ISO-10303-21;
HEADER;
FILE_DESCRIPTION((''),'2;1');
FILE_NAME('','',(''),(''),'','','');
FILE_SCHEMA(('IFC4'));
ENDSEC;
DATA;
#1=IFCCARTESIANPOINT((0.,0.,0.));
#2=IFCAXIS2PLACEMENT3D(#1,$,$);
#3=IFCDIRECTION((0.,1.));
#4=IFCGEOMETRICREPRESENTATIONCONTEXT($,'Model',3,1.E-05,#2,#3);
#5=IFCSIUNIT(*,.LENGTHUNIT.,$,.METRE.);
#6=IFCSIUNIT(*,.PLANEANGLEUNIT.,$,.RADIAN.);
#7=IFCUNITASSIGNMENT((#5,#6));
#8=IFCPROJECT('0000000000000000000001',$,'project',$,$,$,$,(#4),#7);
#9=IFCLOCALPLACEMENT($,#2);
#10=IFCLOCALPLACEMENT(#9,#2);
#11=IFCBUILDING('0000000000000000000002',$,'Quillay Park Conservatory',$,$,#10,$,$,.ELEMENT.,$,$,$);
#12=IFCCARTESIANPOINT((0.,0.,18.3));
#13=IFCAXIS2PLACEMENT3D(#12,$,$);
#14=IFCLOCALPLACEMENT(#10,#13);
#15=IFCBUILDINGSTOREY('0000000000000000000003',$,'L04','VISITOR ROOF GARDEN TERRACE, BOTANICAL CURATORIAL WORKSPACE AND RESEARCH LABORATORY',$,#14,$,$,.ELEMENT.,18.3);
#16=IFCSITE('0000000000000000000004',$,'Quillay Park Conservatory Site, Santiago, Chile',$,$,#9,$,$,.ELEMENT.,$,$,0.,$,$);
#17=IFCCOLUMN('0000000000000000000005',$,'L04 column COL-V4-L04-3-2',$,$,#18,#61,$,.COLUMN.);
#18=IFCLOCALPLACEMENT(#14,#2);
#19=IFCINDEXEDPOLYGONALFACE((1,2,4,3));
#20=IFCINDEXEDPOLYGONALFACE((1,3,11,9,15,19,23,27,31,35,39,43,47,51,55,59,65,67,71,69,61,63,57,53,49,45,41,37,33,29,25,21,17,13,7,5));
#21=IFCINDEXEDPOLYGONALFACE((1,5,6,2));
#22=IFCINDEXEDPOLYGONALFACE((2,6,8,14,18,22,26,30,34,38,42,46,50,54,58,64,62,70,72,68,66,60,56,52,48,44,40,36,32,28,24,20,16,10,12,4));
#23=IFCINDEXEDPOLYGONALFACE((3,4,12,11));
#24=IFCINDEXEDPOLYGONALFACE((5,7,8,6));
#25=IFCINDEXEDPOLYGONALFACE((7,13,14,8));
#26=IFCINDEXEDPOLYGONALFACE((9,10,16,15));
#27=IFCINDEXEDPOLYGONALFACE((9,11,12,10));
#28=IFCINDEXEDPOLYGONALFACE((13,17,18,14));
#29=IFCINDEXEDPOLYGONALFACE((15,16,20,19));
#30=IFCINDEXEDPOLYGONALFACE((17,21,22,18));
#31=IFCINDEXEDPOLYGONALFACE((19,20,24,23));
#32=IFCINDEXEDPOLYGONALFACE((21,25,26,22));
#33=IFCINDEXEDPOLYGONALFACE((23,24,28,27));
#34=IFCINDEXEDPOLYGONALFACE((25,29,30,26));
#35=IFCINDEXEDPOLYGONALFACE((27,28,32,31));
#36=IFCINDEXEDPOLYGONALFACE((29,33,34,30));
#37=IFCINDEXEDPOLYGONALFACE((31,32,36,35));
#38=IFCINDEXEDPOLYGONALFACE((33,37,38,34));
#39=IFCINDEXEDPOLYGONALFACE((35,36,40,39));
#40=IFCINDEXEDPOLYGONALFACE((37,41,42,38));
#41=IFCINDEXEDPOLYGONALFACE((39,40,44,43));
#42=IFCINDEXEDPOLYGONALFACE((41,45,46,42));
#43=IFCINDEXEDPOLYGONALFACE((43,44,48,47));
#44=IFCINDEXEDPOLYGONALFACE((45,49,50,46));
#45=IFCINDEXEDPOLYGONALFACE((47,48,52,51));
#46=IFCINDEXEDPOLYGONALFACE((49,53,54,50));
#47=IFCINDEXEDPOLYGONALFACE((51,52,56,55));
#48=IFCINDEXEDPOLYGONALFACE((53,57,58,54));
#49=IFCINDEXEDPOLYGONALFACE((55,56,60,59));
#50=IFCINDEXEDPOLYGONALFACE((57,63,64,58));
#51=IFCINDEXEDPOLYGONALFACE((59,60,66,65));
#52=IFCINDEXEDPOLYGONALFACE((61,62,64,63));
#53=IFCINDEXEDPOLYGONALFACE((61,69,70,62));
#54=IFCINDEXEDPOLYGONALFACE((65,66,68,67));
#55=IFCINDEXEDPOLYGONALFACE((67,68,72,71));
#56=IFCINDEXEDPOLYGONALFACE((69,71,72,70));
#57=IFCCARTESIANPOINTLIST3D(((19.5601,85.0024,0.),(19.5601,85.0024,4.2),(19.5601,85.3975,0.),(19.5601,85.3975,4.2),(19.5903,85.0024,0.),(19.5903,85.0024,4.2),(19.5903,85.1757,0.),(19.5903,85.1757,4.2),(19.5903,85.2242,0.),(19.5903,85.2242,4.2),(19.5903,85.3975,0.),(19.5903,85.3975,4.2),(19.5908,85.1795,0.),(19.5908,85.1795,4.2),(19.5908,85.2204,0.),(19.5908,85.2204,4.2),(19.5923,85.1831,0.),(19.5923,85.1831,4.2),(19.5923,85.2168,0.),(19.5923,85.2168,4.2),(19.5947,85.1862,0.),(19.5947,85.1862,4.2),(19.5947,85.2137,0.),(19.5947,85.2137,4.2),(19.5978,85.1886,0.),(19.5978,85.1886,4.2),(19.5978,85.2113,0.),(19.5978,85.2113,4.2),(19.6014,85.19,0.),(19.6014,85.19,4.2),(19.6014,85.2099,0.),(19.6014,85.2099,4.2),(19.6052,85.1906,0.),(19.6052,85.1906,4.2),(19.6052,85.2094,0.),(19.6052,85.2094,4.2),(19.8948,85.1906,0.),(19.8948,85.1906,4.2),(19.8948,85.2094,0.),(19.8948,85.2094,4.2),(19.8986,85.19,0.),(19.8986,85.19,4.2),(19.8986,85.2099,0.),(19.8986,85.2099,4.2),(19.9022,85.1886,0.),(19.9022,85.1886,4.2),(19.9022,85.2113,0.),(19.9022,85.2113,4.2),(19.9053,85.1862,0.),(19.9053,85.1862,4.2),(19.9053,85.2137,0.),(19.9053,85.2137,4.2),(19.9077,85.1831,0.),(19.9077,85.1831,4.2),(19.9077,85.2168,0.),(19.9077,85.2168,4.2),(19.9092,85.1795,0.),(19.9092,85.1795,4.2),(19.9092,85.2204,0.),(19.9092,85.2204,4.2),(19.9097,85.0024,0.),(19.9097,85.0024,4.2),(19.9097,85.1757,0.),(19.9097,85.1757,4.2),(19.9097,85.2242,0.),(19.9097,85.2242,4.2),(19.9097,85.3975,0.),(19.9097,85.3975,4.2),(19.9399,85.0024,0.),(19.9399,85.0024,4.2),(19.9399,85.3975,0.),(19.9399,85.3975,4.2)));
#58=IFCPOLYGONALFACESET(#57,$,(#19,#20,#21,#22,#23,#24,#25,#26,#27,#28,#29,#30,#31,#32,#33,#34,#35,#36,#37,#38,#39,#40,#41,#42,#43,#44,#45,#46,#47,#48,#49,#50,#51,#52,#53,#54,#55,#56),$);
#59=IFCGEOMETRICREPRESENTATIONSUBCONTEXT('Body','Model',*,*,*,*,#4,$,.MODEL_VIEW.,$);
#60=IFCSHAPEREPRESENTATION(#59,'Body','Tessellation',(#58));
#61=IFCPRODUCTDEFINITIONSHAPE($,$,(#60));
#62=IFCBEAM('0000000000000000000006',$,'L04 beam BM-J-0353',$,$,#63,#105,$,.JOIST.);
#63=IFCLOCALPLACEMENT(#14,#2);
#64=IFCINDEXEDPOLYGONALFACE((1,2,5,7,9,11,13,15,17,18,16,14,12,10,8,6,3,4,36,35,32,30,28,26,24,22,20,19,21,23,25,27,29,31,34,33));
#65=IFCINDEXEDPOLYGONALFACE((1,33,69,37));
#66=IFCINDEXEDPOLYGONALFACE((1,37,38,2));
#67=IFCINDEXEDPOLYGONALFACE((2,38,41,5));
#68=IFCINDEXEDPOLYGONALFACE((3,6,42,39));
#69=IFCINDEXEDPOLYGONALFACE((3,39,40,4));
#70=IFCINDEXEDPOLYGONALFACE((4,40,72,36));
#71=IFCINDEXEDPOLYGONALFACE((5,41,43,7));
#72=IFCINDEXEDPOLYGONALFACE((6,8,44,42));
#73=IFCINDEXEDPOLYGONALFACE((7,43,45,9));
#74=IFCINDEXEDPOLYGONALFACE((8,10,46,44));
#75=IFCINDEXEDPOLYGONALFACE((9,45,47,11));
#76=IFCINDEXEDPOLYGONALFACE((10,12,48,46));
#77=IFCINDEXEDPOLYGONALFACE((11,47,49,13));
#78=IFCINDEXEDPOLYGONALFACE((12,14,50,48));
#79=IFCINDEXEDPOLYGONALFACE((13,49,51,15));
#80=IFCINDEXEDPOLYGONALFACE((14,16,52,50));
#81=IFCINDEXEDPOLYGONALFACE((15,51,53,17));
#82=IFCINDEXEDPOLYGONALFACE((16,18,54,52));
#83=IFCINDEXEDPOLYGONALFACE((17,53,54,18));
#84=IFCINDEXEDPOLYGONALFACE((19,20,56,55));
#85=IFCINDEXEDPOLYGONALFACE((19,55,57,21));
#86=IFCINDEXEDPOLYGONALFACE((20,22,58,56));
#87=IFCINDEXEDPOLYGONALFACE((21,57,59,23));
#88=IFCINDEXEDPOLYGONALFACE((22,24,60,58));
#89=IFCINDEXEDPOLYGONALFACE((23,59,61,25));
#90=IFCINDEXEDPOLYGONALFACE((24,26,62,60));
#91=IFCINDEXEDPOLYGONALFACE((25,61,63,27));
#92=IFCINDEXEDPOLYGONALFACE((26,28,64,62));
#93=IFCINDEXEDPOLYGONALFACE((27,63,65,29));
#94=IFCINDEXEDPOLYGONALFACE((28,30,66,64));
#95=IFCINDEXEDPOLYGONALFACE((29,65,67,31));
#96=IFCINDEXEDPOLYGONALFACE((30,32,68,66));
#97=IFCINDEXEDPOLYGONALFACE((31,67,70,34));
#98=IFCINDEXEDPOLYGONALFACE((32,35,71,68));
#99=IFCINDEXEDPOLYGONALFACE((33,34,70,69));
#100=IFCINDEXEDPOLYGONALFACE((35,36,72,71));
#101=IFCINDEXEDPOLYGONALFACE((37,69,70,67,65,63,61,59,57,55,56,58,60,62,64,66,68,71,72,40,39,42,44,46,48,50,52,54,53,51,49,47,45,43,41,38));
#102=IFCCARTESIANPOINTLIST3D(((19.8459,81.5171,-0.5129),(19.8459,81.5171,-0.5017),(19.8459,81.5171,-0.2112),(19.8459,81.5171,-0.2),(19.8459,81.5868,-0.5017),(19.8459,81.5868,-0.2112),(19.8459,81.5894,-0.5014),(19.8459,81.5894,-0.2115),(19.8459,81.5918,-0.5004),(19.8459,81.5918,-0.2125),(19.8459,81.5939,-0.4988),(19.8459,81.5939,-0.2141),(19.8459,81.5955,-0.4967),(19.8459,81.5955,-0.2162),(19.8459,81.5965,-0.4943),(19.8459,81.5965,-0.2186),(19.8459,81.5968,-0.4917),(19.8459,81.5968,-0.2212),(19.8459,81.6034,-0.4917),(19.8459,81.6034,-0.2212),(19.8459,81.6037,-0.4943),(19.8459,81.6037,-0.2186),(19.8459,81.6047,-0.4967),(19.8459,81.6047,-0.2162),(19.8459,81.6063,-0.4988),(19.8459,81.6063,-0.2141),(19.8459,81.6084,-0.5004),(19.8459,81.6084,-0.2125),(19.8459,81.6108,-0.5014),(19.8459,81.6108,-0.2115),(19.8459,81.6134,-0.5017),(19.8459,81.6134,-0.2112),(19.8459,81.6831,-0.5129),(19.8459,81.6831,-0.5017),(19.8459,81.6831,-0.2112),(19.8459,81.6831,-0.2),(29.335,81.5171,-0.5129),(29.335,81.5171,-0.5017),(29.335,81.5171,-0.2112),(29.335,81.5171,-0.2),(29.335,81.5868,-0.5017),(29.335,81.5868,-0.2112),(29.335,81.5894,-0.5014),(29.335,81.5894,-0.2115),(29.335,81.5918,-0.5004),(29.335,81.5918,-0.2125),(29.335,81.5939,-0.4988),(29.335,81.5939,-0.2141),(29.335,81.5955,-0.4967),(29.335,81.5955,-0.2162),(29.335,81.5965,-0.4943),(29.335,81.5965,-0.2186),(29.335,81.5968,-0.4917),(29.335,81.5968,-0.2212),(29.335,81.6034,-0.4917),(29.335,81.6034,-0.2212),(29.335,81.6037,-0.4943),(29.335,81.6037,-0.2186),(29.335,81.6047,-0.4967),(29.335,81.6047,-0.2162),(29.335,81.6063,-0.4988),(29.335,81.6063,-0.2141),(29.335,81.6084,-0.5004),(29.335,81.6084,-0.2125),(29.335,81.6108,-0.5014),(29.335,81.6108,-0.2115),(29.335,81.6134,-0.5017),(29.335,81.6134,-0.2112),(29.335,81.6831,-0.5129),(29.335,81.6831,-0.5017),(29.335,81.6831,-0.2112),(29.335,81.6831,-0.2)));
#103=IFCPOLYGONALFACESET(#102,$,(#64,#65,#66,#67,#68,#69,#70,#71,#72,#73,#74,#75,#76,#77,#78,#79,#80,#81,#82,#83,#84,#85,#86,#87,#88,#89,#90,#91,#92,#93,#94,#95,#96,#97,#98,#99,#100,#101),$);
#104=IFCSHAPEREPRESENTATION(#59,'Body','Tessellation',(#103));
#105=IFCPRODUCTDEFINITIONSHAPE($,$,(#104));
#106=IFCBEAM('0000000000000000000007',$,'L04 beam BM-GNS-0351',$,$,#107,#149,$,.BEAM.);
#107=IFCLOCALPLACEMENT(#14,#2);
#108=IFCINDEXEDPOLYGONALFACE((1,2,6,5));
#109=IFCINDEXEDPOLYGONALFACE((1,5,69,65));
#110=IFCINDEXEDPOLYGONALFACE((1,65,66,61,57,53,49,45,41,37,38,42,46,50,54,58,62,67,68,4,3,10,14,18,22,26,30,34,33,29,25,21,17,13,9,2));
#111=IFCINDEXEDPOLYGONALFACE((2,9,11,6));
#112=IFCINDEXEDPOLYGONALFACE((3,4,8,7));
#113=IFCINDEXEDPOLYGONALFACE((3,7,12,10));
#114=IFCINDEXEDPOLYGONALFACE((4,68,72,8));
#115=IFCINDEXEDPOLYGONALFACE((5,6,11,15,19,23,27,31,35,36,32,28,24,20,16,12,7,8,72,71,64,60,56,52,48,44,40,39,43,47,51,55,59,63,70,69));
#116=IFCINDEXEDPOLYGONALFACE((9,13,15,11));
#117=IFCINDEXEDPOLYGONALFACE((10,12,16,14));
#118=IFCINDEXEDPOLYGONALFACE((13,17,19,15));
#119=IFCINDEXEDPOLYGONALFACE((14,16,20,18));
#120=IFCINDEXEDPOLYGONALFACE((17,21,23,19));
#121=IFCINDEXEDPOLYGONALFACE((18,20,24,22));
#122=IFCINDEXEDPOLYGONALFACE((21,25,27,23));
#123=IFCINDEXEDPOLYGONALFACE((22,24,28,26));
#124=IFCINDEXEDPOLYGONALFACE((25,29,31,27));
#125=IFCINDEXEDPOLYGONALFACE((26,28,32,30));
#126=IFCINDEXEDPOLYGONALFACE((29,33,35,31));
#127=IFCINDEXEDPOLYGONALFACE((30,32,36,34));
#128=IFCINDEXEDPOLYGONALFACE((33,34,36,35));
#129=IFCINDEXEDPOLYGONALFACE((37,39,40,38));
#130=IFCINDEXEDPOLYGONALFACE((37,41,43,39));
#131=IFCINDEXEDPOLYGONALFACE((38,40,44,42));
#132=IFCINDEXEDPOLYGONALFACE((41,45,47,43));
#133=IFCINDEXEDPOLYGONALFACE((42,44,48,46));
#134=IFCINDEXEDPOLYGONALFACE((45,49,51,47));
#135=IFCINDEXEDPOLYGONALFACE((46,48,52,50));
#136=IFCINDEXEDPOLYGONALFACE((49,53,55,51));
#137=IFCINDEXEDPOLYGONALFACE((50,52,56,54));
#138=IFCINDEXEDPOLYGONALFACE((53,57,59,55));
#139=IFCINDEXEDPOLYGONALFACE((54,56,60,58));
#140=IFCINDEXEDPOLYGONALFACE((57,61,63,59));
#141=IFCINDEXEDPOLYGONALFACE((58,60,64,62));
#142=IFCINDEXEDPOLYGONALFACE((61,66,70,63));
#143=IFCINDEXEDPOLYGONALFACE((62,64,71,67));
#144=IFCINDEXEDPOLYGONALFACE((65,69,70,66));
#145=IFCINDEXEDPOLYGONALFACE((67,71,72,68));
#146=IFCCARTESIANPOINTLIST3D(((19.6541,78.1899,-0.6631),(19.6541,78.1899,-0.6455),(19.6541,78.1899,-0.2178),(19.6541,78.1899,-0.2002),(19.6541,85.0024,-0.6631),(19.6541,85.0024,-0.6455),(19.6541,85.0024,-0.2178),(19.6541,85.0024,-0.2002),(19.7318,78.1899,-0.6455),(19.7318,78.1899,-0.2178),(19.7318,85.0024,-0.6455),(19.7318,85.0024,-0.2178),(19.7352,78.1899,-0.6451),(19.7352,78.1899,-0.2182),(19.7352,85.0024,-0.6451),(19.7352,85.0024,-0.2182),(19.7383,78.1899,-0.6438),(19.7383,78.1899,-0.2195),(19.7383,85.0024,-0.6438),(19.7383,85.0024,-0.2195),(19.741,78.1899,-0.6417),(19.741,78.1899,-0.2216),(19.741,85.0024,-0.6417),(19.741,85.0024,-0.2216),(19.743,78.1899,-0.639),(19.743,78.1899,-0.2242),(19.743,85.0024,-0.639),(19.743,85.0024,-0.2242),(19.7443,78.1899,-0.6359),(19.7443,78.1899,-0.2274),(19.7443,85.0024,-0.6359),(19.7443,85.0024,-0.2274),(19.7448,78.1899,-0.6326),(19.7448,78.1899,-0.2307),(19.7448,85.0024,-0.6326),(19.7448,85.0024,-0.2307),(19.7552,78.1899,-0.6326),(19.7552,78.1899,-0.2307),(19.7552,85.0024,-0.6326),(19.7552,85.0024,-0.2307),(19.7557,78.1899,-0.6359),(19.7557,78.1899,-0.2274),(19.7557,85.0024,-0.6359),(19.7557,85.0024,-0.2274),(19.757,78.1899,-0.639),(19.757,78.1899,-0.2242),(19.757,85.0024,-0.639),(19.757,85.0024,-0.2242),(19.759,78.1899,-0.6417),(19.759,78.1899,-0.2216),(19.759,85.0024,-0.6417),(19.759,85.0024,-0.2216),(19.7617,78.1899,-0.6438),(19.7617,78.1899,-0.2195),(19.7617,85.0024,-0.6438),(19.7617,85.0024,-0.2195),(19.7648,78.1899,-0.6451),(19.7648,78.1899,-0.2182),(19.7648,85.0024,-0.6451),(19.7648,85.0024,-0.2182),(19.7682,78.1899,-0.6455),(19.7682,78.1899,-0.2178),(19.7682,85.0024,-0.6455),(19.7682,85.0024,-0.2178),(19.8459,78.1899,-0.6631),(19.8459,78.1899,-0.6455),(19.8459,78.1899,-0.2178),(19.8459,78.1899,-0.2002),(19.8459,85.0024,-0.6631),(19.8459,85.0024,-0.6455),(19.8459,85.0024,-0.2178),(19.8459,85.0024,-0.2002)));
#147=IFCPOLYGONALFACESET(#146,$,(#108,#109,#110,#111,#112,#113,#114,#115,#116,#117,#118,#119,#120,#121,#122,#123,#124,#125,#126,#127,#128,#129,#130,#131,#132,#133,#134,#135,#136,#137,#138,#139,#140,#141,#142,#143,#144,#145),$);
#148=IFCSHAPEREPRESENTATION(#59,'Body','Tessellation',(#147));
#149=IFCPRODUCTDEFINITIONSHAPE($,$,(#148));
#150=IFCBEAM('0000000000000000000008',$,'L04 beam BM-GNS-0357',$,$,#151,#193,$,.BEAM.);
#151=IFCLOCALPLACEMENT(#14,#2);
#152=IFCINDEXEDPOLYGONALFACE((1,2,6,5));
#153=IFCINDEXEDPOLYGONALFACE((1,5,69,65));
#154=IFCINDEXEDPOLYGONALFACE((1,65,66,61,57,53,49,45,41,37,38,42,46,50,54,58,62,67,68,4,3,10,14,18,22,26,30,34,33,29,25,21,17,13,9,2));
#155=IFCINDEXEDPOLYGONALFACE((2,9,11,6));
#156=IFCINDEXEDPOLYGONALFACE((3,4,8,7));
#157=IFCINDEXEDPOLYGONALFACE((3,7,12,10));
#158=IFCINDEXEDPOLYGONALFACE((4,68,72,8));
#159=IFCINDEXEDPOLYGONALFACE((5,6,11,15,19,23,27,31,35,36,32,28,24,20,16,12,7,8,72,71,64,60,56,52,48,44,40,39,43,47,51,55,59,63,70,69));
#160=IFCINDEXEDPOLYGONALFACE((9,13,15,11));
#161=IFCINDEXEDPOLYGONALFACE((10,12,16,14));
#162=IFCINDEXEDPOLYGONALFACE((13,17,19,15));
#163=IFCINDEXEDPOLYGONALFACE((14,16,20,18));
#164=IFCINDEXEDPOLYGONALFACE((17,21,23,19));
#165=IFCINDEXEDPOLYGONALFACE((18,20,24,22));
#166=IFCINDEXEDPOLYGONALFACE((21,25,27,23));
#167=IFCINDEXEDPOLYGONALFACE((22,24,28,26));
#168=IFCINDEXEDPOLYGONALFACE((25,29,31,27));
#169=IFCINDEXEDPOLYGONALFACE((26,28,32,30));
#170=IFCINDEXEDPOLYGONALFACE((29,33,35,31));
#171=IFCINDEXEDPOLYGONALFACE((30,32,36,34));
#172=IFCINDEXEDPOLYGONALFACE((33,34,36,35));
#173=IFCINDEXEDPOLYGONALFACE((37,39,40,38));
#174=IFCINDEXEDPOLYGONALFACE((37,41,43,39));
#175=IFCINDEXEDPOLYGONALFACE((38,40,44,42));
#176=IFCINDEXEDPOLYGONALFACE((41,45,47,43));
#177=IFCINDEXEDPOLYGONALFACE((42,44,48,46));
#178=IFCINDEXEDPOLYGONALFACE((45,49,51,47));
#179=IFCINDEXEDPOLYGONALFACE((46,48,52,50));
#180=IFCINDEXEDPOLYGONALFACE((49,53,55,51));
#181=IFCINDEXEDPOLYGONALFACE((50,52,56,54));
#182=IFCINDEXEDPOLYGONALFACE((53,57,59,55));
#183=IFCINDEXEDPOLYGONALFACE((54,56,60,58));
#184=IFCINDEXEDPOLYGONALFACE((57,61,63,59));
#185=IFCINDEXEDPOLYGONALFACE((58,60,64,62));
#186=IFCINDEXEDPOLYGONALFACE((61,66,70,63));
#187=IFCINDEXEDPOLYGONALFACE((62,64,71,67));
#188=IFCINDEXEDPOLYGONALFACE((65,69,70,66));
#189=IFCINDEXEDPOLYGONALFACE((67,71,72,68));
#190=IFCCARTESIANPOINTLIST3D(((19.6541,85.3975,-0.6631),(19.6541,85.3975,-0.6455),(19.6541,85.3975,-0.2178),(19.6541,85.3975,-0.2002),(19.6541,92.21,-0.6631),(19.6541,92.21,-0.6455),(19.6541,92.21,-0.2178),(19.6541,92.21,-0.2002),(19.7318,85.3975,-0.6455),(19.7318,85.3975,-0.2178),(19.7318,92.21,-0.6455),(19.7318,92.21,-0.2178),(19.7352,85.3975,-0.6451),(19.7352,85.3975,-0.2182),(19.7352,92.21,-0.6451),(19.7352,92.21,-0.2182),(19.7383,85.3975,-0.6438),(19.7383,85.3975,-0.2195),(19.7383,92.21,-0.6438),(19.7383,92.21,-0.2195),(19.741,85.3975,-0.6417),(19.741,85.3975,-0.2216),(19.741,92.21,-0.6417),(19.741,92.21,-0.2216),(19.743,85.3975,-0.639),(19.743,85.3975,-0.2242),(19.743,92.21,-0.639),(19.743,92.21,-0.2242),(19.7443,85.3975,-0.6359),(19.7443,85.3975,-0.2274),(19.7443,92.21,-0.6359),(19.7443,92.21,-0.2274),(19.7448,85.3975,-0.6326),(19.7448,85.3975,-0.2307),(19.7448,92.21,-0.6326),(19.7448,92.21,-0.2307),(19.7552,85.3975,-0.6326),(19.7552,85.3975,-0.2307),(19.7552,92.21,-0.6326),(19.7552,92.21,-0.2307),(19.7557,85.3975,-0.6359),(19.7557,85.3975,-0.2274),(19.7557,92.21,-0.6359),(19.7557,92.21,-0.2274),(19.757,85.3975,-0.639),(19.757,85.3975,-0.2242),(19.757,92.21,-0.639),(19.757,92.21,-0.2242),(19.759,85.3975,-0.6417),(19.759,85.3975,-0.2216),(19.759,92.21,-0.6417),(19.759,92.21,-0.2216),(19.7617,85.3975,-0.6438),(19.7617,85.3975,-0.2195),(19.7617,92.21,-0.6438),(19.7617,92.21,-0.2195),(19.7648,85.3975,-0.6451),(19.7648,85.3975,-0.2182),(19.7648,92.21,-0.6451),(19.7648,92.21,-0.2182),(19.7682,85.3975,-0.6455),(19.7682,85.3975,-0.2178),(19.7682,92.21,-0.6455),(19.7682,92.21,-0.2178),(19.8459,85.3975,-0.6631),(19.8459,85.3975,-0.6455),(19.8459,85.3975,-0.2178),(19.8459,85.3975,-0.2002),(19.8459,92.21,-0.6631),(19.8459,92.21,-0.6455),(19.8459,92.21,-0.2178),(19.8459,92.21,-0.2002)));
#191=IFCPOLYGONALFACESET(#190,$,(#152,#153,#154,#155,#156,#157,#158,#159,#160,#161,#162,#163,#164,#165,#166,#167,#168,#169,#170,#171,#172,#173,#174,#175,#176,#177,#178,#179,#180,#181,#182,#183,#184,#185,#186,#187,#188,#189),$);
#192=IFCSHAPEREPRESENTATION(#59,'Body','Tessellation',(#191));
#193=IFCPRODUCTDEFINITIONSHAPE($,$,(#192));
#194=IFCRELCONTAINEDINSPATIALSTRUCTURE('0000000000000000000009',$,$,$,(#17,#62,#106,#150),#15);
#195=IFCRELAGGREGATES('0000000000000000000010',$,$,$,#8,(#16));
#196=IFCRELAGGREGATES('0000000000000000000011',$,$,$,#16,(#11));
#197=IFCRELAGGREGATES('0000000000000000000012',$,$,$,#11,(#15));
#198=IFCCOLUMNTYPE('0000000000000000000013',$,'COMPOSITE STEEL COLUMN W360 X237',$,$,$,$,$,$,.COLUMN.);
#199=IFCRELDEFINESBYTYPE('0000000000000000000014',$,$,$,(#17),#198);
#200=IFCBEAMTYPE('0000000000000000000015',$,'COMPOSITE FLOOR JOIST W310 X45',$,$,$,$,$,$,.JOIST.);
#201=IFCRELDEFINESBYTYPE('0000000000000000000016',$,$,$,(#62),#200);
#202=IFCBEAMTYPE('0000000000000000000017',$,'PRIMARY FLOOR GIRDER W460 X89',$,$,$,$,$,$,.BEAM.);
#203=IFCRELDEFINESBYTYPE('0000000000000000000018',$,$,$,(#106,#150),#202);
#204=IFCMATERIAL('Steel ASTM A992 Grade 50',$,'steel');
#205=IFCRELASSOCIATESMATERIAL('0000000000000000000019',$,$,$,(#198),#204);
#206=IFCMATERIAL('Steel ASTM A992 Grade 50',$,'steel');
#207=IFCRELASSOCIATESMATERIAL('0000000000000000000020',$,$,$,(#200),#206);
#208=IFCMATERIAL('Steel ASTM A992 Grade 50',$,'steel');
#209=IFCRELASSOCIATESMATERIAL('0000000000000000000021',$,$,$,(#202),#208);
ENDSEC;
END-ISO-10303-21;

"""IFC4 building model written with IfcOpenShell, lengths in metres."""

from ifc_helpers import new_model, si_unit, direction, frame, origin, origin_2d, place, context, subcontext, project, spatial, i_section, extrude, material, material_profile, profile_set, type_object, element, save


model = new_model("IFC4")

# Units and contexts
model_context = context("Model", 3, precision=1e-05, world=origin(), true_north=direction((0.0, 1.0)))
body_context = subcontext(model_context, "Body", "Model", "MODEL_VIEW")
ifc_project = project(units=[si_unit("LENGTHUNIT", "METRE"), si_unit("PLANEANGLEUNIT", "RADIAN")], contexts=[model_context])

# Site, building, storey
site_placement = place(None, origin())
site = spatial("IfcSite", under=ifc_project, at=site_placement, Name="Quillay Park Conservatory Site, Santiago, Chile", CompositionType="ELEMENT", RefElevation=0.0)
building_placement = place(site_placement, origin())
building = spatial("IfcBuilding", under=site, at=building_placement, Name="Quillay Park Conservatory", CompositionType="ELEMENT")
storey_placement = place(building_placement, frame((0.0, 0.0, 18.3)))
storey = spatial("IfcBuildingStorey", under=building, at=storey_placement, Name="L04", Description="VISITOR ROOF GARDEN TERRACE, BOTANICAL CURATORIAL WORKSPACE AND RESEARCH LABORATORY", CompositionType="ELEMENT", Elevation=18.3)

# Column
ifc_material_1 = material(Name="Steel ASTM A992 Grade 50", Category="steel")
ifc_material_profile_1 = material_profile(ifc_material_1, i_section(OverallWidth=0.395, OverallDepth=0.3799, WebThickness=0.0188, FlangeThickness=0.0303, FilletRadius=0.0149, at=origin_2d()), Name="W360x237")
ifc_profile_set_1 = profile_set([ifc_material_profile_1], Name="Steel ASTM A992 Grade 50")
column_type = type_object("IfcColumnType", Name="COMPOSITE STEEL COLUMN W360 X237", PredefinedType="COLUMN", material=ifc_profile_set_1)
column_placement = place(storey_placement, frame((19.75, 85.2, 0.0), z_axis=(0.0, 0.0, 1.0), x_axis=(0.0, 1.0, 0.0)))
element("IfcColumn", 1, at=column_placement, inside=storey, type_object=column_type, Name="L04 column COL-V4-L04-3-2", PredefinedType="COLUMN", context=body_context, shape_type="SweptSolid", body=[
    extrude(i_section(OverallWidth=0.395, OverallDepth=0.3799, WebThickness=0.0188, FlangeThickness=0.0303, FilletRadius=0.0149, at=origin_2d()), origin(), (0.0, 0.0, 1.0), 4.2),
])

# Beams
ifc_material_2 = material(Name="Steel ASTM A992 Grade 50", Category="steel")
ifc_material_profile_2 = material_profile(ifc_material_2, i_section(OverallWidth=0.166, OverallDepth=0.313, WebThickness=0.0066, FlangeThickness=0.0112, FilletRadius=0.01, at=origin_2d()), Name="W310x45")
ifc_profile_set_2 = profile_set([ifc_material_profile_2], Name="Steel ASTM A992 Grade 50")
beam_type_1 = type_object("IfcBeamType", Name="COMPOSITE FLOOR JOIST W310 X45", PredefinedType="JOIST", material=ifc_profile_set_2)
beam_placement = place(storey_placement, frame((19.8459, 81.6001, -0.3564), z_axis=(1.0, 0.0, 0.0), x_axis=(0.0, 1.0, 0.0)))
element("IfcBeam", 2, at=beam_placement, inside=storey, type_object=beam_type_1, Name="L04 beam BM-J-0353", PredefinedType="JOIST", context=body_context, shape_type="SweptSolid", body=[
    extrude(i_section(OverallWidth=0.166, OverallDepth=0.313, WebThickness=0.0066, FlangeThickness=0.0112, FilletRadius=0.01, at=origin_2d()), origin(), (0.0, 0.0, 1.0), 9.489),
])
ifc_material_3 = material(Name="Steel ASTM A992 Grade 50", Category="steel")
ifc_material_profile_3 = material_profile(ifc_material_3, i_section(OverallWidth=0.1919, OverallDepth=0.4629, WebThickness=0.0105, FlangeThickness=0.0176, FilletRadius=0.0129, at=origin_2d()), Name="W460x89")
ifc_profile_set_3 = profile_set([ifc_material_profile_3], Name="Steel ASTM A992 Grade 50")
beam_type_2 = type_object("IfcBeamType", Name="PRIMARY FLOOR GIRDER W460 X89", PredefinedType="BEAM", material=ifc_profile_set_3)
for number, where, z_axis, x_axis, name in (
    (3, (19.75, 78.1899, -0.4316), (0.0, 1.0, 0.0), (-1.0, 0.0, 0.0), "L04 beam BM-GNS-0351"),
    (4, (19.75, 85.3975, -0.4316), (0.0, 1.0, 0.0), (-1.0, 0.0, 0.0), "L04 beam BM-GNS-0357"),
):
    element("IfcBeam", number, at=place(storey_placement, frame(where, z_axis=z_axis, x_axis=x_axis)), inside=storey, type_object=beam_type_2, Name=name, PredefinedType="BEAM", context=body_context, shape_type="SweptSolid", body=[
        extrude(i_section(OverallWidth=0.1919, OverallDepth=0.4629, WebThickness=0.0105, FlangeThickness=0.0176, FilletRadius=0.0129, at=origin_2d()), origin(), (0.0, 0.0, 1.0), 6.8125),
    ])

save(model, "model.ifc")
